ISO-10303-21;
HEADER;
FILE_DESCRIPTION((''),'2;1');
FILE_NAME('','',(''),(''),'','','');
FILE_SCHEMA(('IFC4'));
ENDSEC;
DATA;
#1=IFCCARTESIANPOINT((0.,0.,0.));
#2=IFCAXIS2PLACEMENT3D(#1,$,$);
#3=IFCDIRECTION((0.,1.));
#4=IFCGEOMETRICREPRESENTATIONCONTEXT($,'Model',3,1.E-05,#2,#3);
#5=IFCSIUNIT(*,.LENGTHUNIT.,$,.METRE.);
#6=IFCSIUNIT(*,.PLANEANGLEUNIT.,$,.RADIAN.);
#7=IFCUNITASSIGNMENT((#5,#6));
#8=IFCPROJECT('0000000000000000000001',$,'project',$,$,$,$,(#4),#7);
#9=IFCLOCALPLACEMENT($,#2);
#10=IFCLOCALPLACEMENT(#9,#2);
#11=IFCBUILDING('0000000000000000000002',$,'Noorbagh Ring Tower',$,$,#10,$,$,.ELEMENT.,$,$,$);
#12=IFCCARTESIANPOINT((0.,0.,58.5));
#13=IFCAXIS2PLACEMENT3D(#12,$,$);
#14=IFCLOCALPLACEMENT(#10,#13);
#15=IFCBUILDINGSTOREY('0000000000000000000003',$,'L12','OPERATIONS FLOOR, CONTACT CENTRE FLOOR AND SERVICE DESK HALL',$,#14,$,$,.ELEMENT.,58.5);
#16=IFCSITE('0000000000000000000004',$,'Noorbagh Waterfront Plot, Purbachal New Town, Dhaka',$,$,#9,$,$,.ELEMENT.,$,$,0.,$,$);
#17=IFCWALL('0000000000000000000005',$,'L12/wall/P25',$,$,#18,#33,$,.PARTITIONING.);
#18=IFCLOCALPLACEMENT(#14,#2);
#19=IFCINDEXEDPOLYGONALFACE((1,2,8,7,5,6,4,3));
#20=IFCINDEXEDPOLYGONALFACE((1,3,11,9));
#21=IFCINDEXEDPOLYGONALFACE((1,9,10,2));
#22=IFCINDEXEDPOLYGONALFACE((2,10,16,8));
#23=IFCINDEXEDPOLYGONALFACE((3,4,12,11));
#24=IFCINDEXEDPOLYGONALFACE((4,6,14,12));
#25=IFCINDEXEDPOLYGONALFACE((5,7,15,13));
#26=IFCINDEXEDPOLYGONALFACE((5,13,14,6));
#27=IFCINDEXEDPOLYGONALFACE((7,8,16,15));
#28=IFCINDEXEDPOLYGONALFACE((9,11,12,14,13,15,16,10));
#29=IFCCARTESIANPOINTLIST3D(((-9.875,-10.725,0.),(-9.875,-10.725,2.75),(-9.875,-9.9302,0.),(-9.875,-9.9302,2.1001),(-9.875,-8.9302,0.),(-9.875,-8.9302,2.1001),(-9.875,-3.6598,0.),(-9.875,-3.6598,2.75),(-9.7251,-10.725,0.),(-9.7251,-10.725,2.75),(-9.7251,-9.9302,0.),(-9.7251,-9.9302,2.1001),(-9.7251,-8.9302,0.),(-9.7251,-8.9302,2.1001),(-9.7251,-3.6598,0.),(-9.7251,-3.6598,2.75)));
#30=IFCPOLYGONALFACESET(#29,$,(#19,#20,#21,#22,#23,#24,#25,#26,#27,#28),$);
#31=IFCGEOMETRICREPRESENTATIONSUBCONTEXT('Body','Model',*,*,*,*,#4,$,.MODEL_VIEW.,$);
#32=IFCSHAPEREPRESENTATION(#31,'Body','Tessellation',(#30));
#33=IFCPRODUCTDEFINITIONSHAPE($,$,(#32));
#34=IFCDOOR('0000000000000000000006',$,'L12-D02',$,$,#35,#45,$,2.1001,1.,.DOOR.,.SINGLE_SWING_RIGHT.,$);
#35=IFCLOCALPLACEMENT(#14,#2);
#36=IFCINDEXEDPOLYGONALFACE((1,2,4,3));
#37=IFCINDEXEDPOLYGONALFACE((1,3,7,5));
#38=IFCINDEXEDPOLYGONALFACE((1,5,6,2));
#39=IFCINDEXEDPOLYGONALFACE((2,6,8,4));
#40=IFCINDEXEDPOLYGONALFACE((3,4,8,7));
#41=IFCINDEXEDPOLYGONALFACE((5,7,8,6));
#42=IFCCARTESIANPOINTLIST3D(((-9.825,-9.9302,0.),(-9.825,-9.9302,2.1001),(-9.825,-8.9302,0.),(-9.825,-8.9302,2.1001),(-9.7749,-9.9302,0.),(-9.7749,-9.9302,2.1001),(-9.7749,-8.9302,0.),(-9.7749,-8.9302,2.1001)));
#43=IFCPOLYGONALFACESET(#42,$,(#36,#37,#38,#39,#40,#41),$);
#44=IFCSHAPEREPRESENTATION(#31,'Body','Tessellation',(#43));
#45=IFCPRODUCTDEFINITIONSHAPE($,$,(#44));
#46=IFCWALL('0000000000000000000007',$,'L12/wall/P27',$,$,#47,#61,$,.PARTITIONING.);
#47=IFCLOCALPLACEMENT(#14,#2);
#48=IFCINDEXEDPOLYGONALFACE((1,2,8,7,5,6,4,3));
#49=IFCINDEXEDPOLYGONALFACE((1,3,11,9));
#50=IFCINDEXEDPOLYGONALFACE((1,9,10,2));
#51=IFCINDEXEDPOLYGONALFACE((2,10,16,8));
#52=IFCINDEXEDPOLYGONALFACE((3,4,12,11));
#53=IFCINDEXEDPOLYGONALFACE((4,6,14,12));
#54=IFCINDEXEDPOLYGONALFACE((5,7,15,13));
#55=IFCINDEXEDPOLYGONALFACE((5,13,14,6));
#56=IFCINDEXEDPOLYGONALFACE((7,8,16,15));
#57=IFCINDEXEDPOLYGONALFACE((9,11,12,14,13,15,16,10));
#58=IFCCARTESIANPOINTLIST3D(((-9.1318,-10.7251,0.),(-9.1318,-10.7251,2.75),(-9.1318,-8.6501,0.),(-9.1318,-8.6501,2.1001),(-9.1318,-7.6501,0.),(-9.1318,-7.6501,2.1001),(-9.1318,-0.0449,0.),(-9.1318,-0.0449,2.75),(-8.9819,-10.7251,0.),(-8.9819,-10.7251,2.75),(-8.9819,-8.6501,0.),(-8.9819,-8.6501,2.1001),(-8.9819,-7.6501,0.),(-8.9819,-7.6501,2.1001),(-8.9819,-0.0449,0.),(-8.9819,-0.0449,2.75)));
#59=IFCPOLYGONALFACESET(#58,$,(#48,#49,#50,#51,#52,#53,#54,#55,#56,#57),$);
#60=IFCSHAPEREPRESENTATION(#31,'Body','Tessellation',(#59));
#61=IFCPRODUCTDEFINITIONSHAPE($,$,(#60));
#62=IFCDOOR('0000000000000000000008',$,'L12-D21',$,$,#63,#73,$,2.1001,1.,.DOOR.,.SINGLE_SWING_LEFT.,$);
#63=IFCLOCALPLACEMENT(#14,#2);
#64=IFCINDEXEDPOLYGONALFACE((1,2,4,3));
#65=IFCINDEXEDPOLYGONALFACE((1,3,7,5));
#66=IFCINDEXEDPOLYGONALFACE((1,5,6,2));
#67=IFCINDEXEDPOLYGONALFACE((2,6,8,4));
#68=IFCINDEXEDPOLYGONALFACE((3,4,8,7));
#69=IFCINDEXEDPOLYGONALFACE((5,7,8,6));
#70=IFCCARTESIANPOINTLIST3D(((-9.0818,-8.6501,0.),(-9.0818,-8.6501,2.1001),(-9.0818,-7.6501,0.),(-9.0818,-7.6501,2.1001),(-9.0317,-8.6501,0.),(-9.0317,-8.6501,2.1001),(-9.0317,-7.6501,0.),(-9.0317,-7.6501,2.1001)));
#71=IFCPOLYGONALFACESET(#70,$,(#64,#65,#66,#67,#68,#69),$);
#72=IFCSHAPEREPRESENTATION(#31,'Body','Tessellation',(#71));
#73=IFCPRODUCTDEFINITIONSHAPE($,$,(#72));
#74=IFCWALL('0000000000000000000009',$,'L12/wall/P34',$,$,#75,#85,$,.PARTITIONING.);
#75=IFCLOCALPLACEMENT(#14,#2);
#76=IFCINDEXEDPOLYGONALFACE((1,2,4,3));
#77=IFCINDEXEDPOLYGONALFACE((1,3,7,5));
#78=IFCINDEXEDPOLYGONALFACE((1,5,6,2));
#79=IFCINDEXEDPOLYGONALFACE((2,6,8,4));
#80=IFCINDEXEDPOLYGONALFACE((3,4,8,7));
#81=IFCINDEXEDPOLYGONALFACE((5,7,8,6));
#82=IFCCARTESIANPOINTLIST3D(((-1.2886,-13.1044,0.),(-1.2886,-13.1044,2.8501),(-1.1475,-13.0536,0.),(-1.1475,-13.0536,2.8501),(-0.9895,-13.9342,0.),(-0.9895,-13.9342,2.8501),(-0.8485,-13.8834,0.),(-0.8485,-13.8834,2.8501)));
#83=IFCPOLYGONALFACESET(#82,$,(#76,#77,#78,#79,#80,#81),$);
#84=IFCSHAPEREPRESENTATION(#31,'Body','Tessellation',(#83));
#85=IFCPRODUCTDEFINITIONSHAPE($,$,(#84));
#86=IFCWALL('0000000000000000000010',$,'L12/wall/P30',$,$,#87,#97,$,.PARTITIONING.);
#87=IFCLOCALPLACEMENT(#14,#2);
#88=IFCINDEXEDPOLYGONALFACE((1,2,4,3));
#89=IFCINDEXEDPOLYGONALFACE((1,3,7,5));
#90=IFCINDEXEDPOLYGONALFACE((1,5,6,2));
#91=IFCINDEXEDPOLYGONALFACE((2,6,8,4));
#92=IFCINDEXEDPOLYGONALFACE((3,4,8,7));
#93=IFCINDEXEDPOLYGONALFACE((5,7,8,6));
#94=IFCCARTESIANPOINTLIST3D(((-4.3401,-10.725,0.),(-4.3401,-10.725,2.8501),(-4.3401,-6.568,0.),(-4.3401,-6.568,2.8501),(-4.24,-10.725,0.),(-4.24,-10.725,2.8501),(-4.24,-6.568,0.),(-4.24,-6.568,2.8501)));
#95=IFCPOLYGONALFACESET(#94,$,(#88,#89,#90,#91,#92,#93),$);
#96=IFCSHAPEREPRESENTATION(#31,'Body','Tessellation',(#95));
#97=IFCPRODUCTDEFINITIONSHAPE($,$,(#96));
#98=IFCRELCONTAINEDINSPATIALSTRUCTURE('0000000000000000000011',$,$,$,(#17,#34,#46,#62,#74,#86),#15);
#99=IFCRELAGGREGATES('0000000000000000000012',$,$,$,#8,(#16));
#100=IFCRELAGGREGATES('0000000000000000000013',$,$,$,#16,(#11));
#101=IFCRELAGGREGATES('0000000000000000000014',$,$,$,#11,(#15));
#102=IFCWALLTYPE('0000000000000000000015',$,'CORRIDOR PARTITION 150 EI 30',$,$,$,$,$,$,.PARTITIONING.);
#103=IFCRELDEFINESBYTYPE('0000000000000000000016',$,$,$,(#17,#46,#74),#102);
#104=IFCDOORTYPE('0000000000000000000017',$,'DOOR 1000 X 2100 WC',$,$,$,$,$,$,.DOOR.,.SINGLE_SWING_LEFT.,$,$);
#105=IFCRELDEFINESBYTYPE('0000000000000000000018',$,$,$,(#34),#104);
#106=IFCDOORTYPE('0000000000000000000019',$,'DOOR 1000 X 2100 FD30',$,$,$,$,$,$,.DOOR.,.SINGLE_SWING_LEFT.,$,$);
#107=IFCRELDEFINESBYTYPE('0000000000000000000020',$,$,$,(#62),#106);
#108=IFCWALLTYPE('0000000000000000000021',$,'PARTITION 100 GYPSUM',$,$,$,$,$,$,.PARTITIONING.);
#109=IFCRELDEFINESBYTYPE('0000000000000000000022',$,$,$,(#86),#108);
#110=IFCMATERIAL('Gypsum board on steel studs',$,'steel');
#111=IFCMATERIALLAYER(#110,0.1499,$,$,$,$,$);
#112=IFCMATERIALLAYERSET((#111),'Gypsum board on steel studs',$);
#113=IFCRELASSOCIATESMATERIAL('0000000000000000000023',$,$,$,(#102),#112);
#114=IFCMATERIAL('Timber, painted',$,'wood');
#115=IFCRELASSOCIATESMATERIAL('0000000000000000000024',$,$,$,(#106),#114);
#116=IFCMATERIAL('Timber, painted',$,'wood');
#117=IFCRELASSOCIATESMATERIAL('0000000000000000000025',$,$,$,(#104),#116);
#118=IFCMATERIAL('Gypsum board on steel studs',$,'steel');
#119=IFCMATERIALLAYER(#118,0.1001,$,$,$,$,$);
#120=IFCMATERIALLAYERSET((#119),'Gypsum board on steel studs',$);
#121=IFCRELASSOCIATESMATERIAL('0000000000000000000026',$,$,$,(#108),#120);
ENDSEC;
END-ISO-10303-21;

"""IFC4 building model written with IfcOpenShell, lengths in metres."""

from ifc_helpers import new_model, si_unit, direction, frame, frame_2d, origin, place, context, subcontext, project, spatial, rectangle, extrude, material, layer, layer_set, type_object, element, fill, save


model = new_model("IFC4")

# Units and contexts
model_context = context("Model", 3, precision=1e-05, world=origin(), true_north=direction((0.0, 1.0)))
body_context = subcontext(model_context, "Body", "Model", "MODEL_VIEW")
ifc_project = project(units=[si_unit("LENGTHUNIT", "METRE"), si_unit("PLANEANGLEUNIT", "RADIAN")], contexts=[model_context])

# Site, building, storey
site_placement = place(None, origin())
site = spatial("IfcSite", under=ifc_project, at=site_placement, Name="Noorbagh Waterfront Plot, Purbachal New Town, Dhaka", CompositionType="ELEMENT", RefElevation=0.0)
building_placement = place(site_placement, origin())
building = spatial("IfcBuilding", under=site, at=building_placement, Name="Noorbagh Ring Tower", CompositionType="ELEMENT")
storey_placement = place(building_placement, frame((0.0, 0.0, 58.5)))
storey = spatial("IfcBuildingStorey", under=building, at=storey_placement, Name="L12", Description="OPERATIONS FLOOR, CONTACT CENTRE FLOOR AND SERVICE DESK HALL", CompositionType="ELEMENT", Elevation=58.5)

# Shared definitions
ifc_material_1 = material(Name="Gypsum board on steel studs", Category="steel")
ifc_layer_1 = layer(ifc_material_1, 0.1499)
ifc_layer_set_1 = layer_set([ifc_layer_1], Name="Gypsum board on steel studs")
wall_type_1 = type_object("IfcWallType", Name="CORRIDOR PARTITION 150 EI 30", PredefinedType="PARTITIONING", material=ifc_layer_set_1)
ifc_material_2 = material(Name="Timber, painted", Category="wood")
door_type_1 = type_object("IfcDoorType", Name="DOOR 1000 X 2100 FD30", OperationType="SINGLE_SWING_LEFT", PredefinedType="DOOR", material=ifc_material_2)

# Shared definitions
ifc_material_3 = material(Name="Timber, painted", Category="wood")
door_type_2 = type_object("IfcDoorType", Name="DOOR 1000 X 2100 WC", OperationType="SINGLE_SWING_LEFT", PredefinedType="DOOR", material=ifc_material_3)

# Walls, openings, doors
wall_1_placement = place(storey_placement, frame((-9.8, -10.7251, 0.0), z_axis=(0.0, 0.0, 1.0), x_axis=(0.0, 1.0, 0.0)))
wall_1 = element("IfcWall", 1, at=wall_1_placement, inside=storey, type_object=wall_type_1, Name="L12/wall/P25", PredefinedType="PARTITIONING", context=body_context, shape_type="SweptSolid", body=[
    extrude(rectangle(XDim=7.0652, YDim=0.1499, at=frame_2d((3.5327, 0.0))), origin(), (0.0, 0.0, 1.0), 2.75),
])
opening_1_placement = place(wall_1_placement, frame((0.7949, 0.0, 0.0)))
opening_1 = element("IfcOpeningElement", 2, at=opening_1_placement, cuts=wall_1, PredefinedType="OPENING", context=body_context, shape_type="SweptSolid", body=[
    extrude(rectangle(XDim=1.0, YDim=2.1001, at=frame_2d((0.5, 1.05))), frame((0.0, 0.085, 0.0), z_axis=(0.0, -1.0, 0.0), x_axis=(1.0, 0.0, 0.0)), (0.0, 0.0, 1.0), 0.1699),
])
door_1_placement = place(opening_1_placement, origin())
door_1 = element("IfcDoor", 3, at=door_1_placement, inside=storey, type_object=door_type_2, Name="L12-D02", OperationType="SINGLE_SWING_RIGHT", OverallHeight=2.1001, OverallWidth=1.0, PredefinedType="DOOR", context=body_context, shape_type="SweptSolid", body=[
    extrude(rectangle(XDim=1.0, YDim=2.1001, at=frame_2d((0.5, 1.05))), frame((0.0, 0.0249, 0.0), z_axis=(0.0, -1.0, 0.0), x_axis=(1.0, 0.0, 0.0)), (0.0, 0.0, 1.0), 0.05),
])
fill(opening_1, door_1)
wall_2_placement = place(storey_placement, frame((-9.0569, -10.7251, 0.0), z_axis=(0.0, 0.0, 1.0), x_axis=(0.0, 1.0, 0.0)))
wall_2 = element("IfcWall", 4, at=wall_2_placement, inside=storey, type_object=wall_type_1, Name="L12/wall/P27", PredefinedType="PARTITIONING", context=body_context, shape_type="SweptSolid", body=[
    extrude(rectangle(XDim=10.6802, YDim=0.1499, at=frame_2d((5.3401, 0.0))), origin(), (0.0, 0.0, 1.0), 2.75),
])
opening_2_placement = place(wall_2_placement, frame((2.075, 0.0, 0.0)))
opening_2 = element("IfcOpeningElement", 5, at=opening_2_placement, cuts=wall_2, PredefinedType="OPENING", context=body_context, shape_type="SweptSolid", body=[
    extrude(rectangle(XDim=1.0, YDim=2.1001, at=frame_2d((0.5, 1.05))), frame((0.0, 0.085, 0.0), z_axis=(0.0, -1.0, 0.0), x_axis=(1.0, 0.0, 0.0)), (0.0, 0.0, 1.0), 0.1699),
])
door_2_placement = place(opening_2_placement, origin())
door_2 = element("IfcDoor", 6, at=door_2_placement, inside=storey, type_object=door_type_1, Name="L12-D21", OperationType="SINGLE_SWING_LEFT", OverallHeight=2.1001, OverallWidth=1.0, PredefinedType="DOOR", context=body_context, shape_type="SweptSolid", body=[
    extrude(rectangle(XDim=1.0, YDim=2.1001, at=frame_2d((0.5, 1.05))), frame((0.0, 0.0249, 0.0), z_axis=(0.0, -1.0, 0.0), x_axis=(1.0, 0.0, 0.0)), (0.0, 0.0, 1.0), 0.05),
])
fill(opening_2, door_2)

# Walls
wall_3_placement = place(storey_placement, frame((-1.218, -13.0791, 0.0), z_axis=(0.0, 0.0, 1.0), x_axis=(0.339053, -0.940767, 0.0)))
element("IfcWall", 7, at=wall_3_placement, inside=storey, type_object=wall_type_1, Name="L12/wall/P34", PredefinedType="PARTITIONING", context=body_context, shape_type="SweptSolid", body=[
    extrude(rectangle(XDim=0.8821, YDim=0.1499, at=frame_2d((0.4409, 0.0))), origin(), (0.0, 0.0, 1.0), 2.8501),
])
ifc_material_4 = material(Name="Gypsum board on steel studs", Category="steel")
ifc_layer_2 = layer(ifc_material_4, 0.1001)
ifc_layer_set_2 = layer_set([ifc_layer_2], Name="Gypsum board on steel studs")
wall_type_2 = type_object("IfcWallType", Name="PARTITION 100 GYPSUM", PredefinedType="PARTITIONING", material=ifc_layer_set_2)
wall_4_placement = place(storey_placement, frame((-4.29, -10.7251, 0.0), z_axis=(0.0, 0.0, 1.0), x_axis=(0.0, 1.0, 0.0)))
element("IfcWall", 8, at=wall_4_placement, inside=storey, type_object=wall_type_2, Name="L12/wall/P30", PredefinedType="PARTITIONING", context=body_context, shape_type="SweptSolid", body=[
    extrude(rectangle(XDim=4.157, YDim=0.1001, at=frame_2d((2.0786, 0.0))), origin(), (0.0, 0.0, 1.0), 2.8501),
])

save(model, "model.ifc")
